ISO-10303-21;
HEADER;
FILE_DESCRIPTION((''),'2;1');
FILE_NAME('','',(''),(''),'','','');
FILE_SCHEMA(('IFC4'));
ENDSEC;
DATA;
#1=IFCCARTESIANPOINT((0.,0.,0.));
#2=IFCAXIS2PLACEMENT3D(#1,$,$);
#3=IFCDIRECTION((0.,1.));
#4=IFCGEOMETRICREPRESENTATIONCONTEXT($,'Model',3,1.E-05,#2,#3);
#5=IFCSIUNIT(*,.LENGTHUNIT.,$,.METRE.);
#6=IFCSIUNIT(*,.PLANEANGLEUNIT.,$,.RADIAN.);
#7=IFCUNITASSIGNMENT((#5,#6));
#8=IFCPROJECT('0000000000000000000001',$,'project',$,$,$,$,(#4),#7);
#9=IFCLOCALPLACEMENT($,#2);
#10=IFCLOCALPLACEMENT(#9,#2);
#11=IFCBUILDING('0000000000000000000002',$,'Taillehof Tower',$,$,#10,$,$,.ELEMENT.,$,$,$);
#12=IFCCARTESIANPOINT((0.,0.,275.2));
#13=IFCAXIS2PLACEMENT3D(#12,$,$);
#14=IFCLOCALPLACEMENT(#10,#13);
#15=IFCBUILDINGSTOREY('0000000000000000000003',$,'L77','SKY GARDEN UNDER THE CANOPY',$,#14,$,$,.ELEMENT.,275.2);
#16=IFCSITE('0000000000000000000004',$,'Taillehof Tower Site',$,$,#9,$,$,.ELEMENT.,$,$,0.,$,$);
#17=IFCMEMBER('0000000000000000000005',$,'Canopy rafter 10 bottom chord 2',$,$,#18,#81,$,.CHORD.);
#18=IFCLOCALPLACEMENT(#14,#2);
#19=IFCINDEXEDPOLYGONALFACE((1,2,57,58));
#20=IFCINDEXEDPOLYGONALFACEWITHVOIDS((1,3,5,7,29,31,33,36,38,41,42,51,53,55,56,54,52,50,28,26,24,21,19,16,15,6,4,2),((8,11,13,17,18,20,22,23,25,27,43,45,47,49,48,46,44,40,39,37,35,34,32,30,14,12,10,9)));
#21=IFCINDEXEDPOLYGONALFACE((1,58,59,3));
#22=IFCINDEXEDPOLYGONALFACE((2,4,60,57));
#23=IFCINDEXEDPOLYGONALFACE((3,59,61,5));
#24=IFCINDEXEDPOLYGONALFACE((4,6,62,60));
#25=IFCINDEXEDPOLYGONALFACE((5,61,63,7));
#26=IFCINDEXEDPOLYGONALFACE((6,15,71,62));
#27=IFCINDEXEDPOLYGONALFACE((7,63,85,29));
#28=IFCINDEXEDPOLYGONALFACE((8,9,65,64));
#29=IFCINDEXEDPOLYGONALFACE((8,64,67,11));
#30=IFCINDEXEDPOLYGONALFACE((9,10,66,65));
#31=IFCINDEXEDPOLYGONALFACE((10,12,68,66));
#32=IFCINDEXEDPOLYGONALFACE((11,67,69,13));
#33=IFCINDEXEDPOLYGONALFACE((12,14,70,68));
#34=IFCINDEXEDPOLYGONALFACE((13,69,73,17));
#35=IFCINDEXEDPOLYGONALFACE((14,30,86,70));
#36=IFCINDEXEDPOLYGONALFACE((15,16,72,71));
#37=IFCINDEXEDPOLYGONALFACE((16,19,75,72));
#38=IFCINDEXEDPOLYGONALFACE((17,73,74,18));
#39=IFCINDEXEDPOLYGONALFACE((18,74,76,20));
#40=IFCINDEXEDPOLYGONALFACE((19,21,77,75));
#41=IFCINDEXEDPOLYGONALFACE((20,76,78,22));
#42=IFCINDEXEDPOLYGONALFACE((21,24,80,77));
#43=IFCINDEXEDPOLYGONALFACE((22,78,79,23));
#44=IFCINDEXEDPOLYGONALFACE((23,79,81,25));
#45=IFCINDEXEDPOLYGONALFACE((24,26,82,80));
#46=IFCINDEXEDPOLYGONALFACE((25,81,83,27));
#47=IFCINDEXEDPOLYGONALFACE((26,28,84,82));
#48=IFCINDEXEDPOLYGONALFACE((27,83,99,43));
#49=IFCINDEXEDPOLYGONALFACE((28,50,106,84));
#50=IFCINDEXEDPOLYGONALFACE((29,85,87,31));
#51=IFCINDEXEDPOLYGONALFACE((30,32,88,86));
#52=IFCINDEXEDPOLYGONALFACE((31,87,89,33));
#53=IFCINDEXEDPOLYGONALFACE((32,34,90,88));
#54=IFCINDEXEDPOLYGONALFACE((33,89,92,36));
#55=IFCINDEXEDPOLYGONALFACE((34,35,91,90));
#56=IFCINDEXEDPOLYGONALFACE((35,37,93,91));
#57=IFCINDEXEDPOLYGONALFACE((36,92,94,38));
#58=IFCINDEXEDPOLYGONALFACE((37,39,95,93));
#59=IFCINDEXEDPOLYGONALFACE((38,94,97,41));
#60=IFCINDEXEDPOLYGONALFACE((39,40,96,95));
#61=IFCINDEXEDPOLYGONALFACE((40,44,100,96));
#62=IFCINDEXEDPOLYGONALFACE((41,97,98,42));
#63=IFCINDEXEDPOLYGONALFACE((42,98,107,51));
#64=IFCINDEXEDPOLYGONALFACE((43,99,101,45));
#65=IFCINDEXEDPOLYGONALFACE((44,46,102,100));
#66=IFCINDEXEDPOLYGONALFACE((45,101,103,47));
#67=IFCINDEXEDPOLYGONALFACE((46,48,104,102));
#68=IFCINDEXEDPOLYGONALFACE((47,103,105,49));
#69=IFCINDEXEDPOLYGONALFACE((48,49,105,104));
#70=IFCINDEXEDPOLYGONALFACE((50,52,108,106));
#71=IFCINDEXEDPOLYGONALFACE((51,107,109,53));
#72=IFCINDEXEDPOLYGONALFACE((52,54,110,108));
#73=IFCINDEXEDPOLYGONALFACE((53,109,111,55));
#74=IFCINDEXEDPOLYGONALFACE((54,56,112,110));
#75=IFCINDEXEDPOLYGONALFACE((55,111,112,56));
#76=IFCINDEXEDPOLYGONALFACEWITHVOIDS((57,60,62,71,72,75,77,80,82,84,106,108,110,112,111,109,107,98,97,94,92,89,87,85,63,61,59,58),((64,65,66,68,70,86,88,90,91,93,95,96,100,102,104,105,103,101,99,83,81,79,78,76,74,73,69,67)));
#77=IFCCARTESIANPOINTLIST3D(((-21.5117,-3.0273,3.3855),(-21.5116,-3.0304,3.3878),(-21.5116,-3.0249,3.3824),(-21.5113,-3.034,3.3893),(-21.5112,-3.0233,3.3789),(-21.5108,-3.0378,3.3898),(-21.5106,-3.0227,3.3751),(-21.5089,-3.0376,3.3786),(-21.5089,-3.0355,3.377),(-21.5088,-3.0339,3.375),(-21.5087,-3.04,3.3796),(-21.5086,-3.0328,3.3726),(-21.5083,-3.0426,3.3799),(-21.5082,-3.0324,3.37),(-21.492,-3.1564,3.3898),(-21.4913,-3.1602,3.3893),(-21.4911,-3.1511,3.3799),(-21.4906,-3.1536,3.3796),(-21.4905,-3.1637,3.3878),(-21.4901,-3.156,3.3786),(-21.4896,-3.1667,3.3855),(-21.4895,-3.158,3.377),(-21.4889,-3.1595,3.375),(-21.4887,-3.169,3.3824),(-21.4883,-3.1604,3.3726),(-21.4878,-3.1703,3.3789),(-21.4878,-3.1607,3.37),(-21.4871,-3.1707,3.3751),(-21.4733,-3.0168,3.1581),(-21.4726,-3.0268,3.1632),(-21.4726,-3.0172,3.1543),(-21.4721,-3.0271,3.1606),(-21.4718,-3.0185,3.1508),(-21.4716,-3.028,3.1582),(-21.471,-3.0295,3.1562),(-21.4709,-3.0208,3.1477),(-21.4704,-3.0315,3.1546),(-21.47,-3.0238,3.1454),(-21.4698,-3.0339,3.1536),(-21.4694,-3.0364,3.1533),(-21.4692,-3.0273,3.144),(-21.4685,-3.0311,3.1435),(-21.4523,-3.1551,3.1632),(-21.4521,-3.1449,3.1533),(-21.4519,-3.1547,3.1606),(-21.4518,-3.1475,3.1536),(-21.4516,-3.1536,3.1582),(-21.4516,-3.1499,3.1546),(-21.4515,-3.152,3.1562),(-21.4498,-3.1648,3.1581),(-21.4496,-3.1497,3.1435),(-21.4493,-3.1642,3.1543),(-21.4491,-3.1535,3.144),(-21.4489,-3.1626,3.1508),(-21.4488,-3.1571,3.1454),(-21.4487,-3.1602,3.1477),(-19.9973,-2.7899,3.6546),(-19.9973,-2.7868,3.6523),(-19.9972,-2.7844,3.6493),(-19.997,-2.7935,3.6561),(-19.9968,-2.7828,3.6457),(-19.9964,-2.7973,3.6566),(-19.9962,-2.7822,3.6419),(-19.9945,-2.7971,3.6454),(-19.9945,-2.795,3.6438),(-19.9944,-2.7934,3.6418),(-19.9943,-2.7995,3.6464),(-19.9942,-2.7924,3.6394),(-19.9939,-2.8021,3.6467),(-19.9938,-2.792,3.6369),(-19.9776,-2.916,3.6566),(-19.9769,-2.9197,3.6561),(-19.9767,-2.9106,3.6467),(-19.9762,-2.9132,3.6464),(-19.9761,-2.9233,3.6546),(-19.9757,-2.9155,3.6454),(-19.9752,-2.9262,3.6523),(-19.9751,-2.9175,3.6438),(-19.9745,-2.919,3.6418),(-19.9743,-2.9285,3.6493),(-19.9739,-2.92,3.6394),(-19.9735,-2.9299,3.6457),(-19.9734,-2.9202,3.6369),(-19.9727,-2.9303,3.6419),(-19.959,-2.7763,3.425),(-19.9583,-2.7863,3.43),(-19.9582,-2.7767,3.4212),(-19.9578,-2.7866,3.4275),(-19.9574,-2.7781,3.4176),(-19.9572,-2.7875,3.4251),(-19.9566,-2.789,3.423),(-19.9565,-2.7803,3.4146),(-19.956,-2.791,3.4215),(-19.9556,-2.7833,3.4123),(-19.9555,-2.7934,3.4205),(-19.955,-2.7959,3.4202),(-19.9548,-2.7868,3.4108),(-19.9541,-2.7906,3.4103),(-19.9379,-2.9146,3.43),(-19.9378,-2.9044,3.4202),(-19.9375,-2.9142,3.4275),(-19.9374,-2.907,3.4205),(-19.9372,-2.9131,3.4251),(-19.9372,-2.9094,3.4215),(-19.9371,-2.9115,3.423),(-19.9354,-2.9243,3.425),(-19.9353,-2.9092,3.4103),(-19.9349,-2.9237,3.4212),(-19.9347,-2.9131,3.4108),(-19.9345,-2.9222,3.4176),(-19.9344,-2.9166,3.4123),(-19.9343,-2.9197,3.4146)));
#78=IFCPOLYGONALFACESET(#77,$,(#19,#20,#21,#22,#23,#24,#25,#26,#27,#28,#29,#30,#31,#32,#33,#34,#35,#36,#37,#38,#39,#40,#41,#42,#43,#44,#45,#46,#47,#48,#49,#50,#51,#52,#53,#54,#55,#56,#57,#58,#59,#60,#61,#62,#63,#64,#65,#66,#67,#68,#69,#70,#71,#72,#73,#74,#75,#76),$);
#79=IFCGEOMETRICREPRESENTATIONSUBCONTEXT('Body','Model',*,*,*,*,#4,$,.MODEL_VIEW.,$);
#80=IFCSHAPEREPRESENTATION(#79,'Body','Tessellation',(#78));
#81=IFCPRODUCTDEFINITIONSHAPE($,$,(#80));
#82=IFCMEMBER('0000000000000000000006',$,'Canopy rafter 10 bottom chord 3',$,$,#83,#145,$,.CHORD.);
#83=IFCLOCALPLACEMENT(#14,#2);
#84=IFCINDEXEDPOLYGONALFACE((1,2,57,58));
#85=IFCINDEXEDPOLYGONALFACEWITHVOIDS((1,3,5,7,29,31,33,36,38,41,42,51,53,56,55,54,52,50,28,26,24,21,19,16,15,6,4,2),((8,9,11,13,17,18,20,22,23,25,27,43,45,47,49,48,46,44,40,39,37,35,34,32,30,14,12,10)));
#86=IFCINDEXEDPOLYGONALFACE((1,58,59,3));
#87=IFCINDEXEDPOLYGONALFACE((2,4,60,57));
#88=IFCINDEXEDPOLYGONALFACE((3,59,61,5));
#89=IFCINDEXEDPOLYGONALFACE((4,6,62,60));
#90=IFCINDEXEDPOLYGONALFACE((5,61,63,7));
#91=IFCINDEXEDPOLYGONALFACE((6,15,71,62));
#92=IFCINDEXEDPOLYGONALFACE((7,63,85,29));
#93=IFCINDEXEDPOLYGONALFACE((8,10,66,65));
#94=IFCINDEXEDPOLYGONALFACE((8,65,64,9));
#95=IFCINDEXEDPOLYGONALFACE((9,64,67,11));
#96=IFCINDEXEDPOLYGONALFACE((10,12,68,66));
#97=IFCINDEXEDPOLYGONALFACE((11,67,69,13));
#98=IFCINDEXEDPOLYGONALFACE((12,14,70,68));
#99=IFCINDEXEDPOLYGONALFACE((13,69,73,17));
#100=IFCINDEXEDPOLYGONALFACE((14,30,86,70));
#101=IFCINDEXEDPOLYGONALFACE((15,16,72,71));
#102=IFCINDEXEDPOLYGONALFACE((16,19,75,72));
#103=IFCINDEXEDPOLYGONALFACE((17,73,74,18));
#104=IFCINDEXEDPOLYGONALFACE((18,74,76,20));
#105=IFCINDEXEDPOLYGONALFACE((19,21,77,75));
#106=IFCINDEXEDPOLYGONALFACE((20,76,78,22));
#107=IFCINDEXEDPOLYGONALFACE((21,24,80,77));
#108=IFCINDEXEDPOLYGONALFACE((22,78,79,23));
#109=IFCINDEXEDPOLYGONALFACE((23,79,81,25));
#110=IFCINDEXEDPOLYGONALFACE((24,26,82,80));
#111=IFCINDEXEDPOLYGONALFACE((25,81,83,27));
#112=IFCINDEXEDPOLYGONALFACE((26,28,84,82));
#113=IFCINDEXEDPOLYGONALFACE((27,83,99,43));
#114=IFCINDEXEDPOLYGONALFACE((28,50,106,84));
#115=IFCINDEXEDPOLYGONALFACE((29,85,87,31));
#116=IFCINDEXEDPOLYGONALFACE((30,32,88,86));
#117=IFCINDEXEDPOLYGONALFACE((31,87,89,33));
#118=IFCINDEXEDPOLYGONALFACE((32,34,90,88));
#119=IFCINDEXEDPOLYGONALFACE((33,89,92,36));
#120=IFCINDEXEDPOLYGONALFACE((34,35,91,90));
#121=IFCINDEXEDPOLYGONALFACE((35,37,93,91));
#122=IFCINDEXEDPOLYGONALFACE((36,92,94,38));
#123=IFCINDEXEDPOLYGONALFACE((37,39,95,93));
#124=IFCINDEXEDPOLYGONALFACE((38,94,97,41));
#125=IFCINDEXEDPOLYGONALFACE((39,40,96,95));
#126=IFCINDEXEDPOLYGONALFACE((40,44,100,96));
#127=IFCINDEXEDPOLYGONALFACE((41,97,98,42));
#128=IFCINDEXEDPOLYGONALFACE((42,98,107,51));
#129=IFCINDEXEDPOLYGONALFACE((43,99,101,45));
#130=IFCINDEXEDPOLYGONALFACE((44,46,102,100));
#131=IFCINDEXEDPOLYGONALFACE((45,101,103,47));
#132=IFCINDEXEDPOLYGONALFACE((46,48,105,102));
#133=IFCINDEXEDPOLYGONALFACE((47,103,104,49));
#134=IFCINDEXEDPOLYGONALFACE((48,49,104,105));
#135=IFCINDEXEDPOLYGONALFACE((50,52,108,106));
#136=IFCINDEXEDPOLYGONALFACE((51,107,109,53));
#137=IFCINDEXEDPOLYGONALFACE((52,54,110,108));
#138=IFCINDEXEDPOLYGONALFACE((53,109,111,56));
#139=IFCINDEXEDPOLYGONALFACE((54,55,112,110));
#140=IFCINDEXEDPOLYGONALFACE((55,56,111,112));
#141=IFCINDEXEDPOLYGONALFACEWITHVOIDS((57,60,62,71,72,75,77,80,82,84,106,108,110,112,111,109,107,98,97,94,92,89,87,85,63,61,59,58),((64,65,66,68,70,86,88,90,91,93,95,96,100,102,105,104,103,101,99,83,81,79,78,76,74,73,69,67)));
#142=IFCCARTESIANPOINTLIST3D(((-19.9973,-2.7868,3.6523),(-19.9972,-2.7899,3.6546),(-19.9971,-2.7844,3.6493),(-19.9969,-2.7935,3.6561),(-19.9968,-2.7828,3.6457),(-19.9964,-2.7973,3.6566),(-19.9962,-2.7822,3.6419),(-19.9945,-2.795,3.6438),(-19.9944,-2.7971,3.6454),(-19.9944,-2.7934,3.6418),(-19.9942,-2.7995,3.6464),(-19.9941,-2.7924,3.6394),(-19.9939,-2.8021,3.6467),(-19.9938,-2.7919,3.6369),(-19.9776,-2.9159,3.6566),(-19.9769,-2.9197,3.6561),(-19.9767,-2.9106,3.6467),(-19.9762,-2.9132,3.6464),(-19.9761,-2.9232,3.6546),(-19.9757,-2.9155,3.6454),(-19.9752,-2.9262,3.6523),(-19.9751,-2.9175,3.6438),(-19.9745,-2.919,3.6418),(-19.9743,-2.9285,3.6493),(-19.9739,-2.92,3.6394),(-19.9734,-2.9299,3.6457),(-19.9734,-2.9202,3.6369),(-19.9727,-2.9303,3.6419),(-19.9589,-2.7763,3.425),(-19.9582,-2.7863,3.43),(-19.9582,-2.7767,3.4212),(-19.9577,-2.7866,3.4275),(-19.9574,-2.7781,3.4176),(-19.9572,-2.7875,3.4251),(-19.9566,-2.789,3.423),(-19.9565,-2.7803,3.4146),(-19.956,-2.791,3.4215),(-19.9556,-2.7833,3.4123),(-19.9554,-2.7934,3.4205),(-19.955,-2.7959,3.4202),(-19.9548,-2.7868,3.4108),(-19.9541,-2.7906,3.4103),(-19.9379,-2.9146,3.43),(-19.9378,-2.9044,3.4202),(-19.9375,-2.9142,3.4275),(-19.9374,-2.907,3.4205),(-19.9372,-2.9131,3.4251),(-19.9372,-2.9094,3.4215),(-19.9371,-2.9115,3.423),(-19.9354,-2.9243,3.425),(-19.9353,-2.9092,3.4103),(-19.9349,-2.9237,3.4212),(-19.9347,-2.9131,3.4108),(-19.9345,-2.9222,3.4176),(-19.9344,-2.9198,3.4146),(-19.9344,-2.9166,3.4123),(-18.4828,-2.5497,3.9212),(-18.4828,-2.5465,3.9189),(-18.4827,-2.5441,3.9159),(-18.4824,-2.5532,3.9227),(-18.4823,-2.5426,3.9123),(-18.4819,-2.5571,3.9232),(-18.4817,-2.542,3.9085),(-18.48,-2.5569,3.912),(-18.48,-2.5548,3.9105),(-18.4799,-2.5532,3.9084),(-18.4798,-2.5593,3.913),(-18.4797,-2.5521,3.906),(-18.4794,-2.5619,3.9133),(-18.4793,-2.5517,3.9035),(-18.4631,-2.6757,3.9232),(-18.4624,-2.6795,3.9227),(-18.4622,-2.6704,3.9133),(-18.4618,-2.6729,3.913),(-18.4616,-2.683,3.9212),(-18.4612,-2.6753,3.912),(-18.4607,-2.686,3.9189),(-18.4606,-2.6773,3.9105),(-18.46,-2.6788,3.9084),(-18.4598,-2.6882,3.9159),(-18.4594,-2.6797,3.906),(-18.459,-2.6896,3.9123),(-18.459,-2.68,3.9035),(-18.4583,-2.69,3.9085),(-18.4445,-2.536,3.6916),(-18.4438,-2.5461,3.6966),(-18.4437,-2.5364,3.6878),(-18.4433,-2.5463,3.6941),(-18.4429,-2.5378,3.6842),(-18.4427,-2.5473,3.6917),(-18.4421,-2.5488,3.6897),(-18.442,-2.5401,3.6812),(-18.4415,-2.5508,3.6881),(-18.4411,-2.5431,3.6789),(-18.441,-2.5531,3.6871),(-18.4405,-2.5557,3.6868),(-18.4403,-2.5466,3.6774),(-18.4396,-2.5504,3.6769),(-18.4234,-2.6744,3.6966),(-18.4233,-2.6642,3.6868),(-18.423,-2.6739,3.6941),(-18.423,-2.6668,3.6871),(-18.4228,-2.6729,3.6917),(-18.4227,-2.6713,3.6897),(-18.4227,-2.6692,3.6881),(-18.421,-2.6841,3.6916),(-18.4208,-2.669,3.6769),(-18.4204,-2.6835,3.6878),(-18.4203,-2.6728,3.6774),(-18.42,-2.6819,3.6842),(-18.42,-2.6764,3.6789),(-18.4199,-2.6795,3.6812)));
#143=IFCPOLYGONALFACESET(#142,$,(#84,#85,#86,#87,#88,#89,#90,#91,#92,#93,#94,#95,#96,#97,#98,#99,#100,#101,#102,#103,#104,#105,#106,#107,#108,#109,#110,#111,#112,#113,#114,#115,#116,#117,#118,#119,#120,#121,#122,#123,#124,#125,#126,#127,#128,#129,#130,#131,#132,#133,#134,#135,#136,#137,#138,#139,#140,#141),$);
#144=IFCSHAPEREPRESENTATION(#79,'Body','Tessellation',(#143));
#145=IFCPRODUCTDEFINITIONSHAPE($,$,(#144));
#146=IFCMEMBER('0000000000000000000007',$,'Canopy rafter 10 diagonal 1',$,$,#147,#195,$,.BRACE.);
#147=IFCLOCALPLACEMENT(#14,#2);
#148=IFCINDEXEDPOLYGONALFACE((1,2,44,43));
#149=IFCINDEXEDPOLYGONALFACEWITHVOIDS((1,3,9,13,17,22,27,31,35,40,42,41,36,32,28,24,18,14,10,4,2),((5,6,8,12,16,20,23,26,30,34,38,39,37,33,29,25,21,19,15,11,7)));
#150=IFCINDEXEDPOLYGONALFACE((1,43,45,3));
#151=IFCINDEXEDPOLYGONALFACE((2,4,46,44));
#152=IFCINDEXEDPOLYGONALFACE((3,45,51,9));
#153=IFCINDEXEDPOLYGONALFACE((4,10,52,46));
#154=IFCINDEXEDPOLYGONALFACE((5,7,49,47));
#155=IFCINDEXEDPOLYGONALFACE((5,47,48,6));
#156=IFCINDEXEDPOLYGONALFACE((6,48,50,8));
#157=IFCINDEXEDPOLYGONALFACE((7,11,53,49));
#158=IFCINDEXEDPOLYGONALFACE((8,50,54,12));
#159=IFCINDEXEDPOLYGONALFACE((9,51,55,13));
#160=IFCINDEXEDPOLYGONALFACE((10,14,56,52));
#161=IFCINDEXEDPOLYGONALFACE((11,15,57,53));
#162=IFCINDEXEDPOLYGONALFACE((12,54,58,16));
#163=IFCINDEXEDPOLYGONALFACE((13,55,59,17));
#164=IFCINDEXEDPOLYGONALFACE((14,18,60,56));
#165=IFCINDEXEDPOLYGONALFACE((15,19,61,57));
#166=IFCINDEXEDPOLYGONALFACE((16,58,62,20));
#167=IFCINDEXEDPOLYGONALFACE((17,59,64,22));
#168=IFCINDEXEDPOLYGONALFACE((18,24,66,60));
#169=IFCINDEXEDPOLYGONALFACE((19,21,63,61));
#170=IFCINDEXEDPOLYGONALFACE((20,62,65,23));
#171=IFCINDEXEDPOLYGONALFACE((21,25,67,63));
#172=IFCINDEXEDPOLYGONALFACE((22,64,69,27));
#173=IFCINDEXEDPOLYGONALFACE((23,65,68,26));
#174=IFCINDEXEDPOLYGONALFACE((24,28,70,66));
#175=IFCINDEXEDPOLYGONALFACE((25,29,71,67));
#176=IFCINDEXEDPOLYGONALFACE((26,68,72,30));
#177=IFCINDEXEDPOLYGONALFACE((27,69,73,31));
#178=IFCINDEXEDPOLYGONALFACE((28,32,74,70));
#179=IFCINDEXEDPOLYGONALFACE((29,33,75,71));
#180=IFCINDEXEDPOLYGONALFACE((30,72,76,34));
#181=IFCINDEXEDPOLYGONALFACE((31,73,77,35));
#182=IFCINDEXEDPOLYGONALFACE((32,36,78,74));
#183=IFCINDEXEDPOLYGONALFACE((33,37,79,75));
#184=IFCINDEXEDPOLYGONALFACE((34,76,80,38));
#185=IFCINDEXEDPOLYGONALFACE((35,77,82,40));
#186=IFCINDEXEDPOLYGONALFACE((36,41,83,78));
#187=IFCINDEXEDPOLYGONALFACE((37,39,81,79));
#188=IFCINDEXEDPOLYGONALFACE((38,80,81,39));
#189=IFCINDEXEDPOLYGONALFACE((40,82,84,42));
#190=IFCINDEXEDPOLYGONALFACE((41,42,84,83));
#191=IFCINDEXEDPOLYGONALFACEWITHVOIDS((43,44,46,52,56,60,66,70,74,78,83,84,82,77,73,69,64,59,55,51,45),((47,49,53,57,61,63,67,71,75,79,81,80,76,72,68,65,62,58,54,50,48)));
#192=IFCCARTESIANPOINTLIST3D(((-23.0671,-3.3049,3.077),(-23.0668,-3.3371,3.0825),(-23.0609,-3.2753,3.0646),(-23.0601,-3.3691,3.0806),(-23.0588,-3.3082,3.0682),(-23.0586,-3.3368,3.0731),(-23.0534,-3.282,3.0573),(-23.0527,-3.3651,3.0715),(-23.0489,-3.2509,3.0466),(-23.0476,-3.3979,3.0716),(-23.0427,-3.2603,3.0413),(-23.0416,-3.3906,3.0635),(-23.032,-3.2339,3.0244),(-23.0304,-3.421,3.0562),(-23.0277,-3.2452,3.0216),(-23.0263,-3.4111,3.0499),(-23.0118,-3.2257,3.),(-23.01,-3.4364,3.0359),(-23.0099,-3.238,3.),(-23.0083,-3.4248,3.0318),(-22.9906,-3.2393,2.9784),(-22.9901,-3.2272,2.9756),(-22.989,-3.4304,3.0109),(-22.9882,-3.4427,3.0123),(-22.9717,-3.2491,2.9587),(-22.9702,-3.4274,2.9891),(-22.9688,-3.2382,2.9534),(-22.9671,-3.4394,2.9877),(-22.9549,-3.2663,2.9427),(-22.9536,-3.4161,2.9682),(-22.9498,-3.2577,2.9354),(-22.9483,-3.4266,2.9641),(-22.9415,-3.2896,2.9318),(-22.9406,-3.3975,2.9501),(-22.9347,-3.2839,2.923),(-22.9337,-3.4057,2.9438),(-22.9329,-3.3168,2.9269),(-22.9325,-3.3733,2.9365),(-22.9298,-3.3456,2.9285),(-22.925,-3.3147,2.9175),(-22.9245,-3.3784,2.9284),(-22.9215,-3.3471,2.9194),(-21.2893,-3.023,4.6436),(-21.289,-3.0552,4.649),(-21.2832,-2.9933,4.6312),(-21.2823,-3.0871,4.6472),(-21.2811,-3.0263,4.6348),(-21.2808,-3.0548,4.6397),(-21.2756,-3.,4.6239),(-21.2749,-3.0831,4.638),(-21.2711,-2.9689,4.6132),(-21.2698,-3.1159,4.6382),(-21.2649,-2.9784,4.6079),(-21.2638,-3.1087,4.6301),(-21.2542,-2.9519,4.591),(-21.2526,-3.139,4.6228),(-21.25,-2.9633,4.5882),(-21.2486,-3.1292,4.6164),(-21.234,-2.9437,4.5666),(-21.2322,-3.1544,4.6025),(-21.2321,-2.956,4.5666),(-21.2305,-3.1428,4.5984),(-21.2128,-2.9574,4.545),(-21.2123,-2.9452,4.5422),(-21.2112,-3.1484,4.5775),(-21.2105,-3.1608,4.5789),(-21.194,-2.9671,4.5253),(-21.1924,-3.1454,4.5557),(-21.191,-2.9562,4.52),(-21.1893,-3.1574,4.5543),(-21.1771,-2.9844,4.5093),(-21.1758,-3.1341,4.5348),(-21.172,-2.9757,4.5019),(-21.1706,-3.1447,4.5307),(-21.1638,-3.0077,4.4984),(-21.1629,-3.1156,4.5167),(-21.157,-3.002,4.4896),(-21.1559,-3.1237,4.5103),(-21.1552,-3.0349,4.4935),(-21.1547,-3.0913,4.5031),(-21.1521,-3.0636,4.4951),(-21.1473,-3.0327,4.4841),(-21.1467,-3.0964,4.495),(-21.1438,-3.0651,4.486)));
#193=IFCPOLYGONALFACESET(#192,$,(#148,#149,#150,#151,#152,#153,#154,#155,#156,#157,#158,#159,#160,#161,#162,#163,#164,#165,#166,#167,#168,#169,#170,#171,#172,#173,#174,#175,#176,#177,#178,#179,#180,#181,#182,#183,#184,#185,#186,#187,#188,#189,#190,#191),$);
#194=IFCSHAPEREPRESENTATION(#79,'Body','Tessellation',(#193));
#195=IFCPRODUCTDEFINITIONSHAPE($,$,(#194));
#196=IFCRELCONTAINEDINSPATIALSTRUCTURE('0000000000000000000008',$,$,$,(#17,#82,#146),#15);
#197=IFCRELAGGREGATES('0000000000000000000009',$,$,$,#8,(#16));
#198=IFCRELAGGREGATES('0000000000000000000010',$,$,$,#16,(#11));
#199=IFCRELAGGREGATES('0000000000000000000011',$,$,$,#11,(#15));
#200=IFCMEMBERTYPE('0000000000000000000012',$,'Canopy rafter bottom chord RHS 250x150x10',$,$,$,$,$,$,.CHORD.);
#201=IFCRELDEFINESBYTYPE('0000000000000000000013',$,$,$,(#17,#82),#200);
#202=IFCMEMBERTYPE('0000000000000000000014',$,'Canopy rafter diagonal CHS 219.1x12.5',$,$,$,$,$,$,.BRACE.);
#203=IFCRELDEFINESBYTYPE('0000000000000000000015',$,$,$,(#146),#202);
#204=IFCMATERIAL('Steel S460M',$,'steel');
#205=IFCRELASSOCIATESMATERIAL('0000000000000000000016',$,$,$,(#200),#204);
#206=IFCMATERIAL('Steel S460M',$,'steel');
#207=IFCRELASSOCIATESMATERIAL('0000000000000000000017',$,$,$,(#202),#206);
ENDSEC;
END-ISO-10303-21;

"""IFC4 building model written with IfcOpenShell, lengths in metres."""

from ifc_helpers import new_model, si_unit, direction, frame, origin, origin_2d, place, context, subcontext, project, spatial, hollow_rectangle, hollow_circle, extrude, material, material_profile, profile_set, type_object, element, save


model = new_model("IFC4")

# Units and contexts
model_context = context("Model", 3, precision=1e-05, world=origin(), true_north=direction((0.0, 1.0)))
body_context = subcontext(model_context, "Body", "Model", "MODEL_VIEW")
ifc_project = project(units=[si_unit("LENGTHUNIT", "METRE"), si_unit("PLANEANGLEUNIT", "RADIAN")], contexts=[model_context])

# Site, building, storey
site_placement = place(None, origin())
site = spatial("IfcSite", under=ifc_project, at=site_placement, Name="Taillehof Tower Site", CompositionType="ELEMENT", RefElevation=0.0)
building_placement = place(site_placement, origin())
building = spatial("IfcBuilding", under=site, at=building_placement, Name="Taillehof Tower", CompositionType="ELEMENT")
storey_placement = place(building_placement, frame((0.0, 0.0, 275.2)))
storey = spatial("IfcBuildingStorey", under=building, at=storey_placement, Name="L77", Description="SKY GARDEN UNDER THE CANOPY", CompositionType="ELEMENT", Elevation=275.2)

# Members
ifc_material_1 = material(Name="Steel S460M", Category="steel")
ifc_material_profile_1 = material_profile(ifc_material_1, hollow_rectangle(XDim=0.1499, YDim=0.25, WallThickness=0.01, InnerFilletRadius=0.01, OuterFilletRadius=0.0149, at=origin_2d()), Name="RHS 250x150x10")
ifc_profile_set_1 = profile_set([ifc_material_profile_1], Name="Steel S460M")
member_type_1 = type_object("IfcMemberType", Name="Canopy rafter bottom chord RHS 250x150x10", PredefinedType="CHORD", material=ifc_profile_set_1)
for number, where, z_axis, x_axis, name in (
    (1, (-21.4802, -3.0938, 3.2666), (0.973002, 0.154507, 0.171448), (-0.156829, 0.987626, 0.0), "Canopy rafter 10 bottom chord 2"),
    (2, (-19.9658, -2.8533, 3.5334), (0.973052, 0.154358, 0.1713), (-0.156674, 0.98765, 0.0), "Canopy rafter 10 bottom chord 3"),
):
    element("IfcMember", number, at=place(storey_placement, frame(where, z_axis=z_axis, x_axis=x_axis)), inside=storey, type_object=member_type_1, Name=name, PredefinedType="CHORD", context=body_context, shape_type="SweptSolid", body=[
        extrude(hollow_rectangle(XDim=0.1499, YDim=0.25, WallThickness=0.01, InnerFilletRadius=0.01, OuterFilletRadius=0.0149, at=origin_2d()), origin(), (0.0, 0.0, 1.0), 1.5564),
    ])
ifc_material_2 = material(Name="Steel S460M", Category="steel")
ifc_material_profile_2 = material_profile(ifc_material_2, hollow_circle(Radius=0.1096, WallThickness=0.0125, at=origin_2d()), Name="CHS 219.1x12.5")
ifc_profile_set_2 = profile_set([ifc_material_profile_2], Name="Steel S460M")
member_type_2 = type_object("IfcMemberType", Name="Canopy rafter diagonal CHS 219.1x12.5", PredefinedType="BRACE", material=ifc_profile_set_2)
member_1_placement = place(storey_placement, frame((-22.9946, -3.334, 3.0), z_axis=(0.745005, 0.118165, 0.656509), x_axis=(-0.156652, 0.987654, 0.0)))
element("IfcMember", 3, at=member_1_placement, inside=storey, type_object=member_type_2, Name="Canopy rafter 10 diagonal 1", PredefinedType="BRACE", context=body_context, shape_type="SweptSolid", body=[
    extrude(hollow_circle(Radius=0.1096, WallThickness=0.0125, at=origin_2d()), origin(), (0.0, 0.0, 1.0), 2.3862),
])

save(model, "model.ifc")
